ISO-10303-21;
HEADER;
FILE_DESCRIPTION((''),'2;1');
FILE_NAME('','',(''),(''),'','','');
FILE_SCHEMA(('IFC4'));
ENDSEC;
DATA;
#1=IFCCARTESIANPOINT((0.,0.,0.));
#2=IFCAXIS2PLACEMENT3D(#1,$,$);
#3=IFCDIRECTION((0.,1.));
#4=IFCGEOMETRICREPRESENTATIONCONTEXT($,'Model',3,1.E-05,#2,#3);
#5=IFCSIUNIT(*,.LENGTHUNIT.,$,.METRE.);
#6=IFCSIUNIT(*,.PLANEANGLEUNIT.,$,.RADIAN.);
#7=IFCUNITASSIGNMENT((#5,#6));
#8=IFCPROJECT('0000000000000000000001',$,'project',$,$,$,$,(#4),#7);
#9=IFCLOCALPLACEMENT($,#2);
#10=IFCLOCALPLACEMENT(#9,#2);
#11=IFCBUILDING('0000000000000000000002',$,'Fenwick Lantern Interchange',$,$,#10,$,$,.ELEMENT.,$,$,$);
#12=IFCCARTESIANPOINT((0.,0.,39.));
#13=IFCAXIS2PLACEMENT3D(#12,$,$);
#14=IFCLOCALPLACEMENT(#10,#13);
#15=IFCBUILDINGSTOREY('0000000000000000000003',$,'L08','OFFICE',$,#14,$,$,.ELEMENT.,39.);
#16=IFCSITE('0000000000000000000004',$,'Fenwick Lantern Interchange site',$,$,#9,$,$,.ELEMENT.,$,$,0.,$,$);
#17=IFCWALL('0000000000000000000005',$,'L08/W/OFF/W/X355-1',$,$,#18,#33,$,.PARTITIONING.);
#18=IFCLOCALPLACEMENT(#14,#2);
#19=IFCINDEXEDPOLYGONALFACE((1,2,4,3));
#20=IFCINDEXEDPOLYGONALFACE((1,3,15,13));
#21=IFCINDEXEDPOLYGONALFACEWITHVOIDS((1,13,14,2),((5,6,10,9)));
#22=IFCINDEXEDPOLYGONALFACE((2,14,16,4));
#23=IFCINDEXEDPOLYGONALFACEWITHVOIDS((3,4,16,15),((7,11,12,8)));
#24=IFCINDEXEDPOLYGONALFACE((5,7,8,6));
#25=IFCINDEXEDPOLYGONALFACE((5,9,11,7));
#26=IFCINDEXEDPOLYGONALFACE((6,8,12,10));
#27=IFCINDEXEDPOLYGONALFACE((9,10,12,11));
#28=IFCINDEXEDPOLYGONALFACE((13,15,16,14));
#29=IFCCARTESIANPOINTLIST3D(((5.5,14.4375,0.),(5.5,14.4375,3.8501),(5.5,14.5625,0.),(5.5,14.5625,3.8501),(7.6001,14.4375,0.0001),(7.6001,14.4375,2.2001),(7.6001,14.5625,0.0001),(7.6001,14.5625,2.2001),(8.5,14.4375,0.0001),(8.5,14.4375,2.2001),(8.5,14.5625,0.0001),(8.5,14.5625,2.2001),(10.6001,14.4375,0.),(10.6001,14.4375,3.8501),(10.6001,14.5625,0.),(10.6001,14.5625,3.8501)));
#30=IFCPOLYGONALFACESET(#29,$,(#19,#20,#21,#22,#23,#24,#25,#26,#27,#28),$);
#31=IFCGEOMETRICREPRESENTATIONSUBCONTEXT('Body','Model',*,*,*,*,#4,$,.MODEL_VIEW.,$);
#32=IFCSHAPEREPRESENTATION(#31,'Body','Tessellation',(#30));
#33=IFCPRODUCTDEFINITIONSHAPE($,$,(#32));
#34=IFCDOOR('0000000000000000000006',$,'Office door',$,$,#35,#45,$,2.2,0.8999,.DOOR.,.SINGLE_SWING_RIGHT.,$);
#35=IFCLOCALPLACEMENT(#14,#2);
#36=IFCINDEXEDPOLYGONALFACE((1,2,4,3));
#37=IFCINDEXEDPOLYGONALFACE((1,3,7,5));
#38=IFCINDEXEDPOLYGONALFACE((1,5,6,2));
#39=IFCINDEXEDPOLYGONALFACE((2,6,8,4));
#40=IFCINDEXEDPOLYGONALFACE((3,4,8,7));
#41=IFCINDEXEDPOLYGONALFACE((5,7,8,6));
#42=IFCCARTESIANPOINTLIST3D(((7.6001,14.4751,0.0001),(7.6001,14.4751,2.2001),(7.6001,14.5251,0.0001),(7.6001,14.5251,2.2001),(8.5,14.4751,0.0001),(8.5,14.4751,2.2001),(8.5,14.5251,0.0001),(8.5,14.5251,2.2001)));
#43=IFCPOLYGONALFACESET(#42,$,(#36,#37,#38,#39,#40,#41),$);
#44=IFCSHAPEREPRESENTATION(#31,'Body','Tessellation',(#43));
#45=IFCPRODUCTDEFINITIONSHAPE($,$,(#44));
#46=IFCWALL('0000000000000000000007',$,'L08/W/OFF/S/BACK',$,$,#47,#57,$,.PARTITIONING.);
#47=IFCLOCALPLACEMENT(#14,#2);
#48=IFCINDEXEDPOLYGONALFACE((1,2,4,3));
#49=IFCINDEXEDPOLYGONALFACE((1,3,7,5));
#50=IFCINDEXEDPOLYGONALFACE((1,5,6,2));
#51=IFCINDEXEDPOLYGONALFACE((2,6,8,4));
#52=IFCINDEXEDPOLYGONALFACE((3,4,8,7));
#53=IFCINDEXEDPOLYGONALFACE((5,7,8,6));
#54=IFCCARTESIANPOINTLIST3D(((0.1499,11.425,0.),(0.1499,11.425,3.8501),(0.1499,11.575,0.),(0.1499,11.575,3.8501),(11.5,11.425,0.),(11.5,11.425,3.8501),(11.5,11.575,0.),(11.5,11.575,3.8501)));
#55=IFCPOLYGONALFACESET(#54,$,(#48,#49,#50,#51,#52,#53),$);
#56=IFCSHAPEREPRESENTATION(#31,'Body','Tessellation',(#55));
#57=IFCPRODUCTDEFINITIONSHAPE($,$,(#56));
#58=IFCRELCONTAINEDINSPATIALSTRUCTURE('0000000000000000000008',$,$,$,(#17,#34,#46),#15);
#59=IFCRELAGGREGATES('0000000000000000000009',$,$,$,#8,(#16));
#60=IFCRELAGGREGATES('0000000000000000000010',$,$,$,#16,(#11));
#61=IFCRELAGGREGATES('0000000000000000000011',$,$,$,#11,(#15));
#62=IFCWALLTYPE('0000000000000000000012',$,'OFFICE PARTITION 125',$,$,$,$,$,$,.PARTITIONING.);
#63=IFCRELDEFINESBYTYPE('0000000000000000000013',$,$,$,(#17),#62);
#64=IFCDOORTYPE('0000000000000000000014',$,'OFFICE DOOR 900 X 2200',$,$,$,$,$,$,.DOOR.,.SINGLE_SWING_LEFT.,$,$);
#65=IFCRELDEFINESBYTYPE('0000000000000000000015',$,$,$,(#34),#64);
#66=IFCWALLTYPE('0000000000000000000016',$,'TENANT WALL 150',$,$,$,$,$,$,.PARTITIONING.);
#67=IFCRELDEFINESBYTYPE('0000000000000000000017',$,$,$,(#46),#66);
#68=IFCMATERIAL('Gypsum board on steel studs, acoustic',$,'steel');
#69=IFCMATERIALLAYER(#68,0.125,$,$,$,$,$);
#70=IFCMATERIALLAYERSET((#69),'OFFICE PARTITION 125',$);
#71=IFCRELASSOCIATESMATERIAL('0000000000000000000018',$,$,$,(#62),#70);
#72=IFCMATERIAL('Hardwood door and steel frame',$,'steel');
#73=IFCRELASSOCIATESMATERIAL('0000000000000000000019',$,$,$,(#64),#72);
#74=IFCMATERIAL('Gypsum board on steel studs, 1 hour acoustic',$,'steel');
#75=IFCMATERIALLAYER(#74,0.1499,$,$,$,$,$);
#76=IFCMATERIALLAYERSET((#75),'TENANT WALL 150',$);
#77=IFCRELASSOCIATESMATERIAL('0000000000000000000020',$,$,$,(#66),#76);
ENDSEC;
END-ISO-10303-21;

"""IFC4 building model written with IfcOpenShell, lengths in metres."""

from ifc_helpers import new_model, si_unit, direction, frame, frame_2d, origin, place, context, subcontext, project, spatial, rectangle, extrude, material, layer, layer_set, type_object, element, fill, save


model = new_model("IFC4")

# Units and contexts
model_context = context("Model", 3, precision=1e-05, world=origin(), true_north=direction((0.0, 1.0)))
body_context = subcontext(model_context, "Body", "Model", "MODEL_VIEW")
ifc_project = project(units=[si_unit("LENGTHUNIT", "METRE"), si_unit("PLANEANGLEUNIT", "RADIAN")], contexts=[model_context])

# Site, building, storey
site_placement = place(None, origin())
site = spatial("IfcSite", under=ifc_project, at=site_placement, Name="Fenwick Lantern Interchange site", CompositionType="ELEMENT", RefElevation=0.0)
building_placement = place(site_placement, origin())
building = spatial("IfcBuilding", under=site, at=building_placement, Name="Fenwick Lantern Interchange", CompositionType="ELEMENT")
storey_placement = place(building_placement, frame((0.0, 0.0, 39.0)))
storey = spatial("IfcBuildingStorey", under=building, at=storey_placement, Name="L08", Description="OFFICE", CompositionType="ELEMENT", Elevation=39.0)

# Shared definitions
ifc_material_1 = material(Name="Gypsum board on steel studs, acoustic", Category="steel")
ifc_layer_1 = layer(ifc_material_1, 0.125)
ifc_layer_set_1 = layer_set([ifc_layer_1], Name="OFFICE PARTITION 125")
wall_type_1 = type_object("IfcWallType", Name="OFFICE PARTITION 125", PredefinedType="PARTITIONING", material=ifc_layer_set_1)

# Wall, opening, door
wall_1_placement = place(storey_placement, frame((5.5, 14.5, 0.0), z_axis=(0.0, 0.0, 1.0), x_axis=(1.0, 0.0, 0.0)))
wall_1 = element("IfcWall", 1, at=wall_1_placement, inside=storey, type_object=wall_type_1, Name="L08/W/OFF/W/X355-1", PredefinedType="PARTITIONING", context=body_context, shape_type="SweptSolid", body=[
    extrude(rectangle(XDim=5.1001, YDim=0.125, at=frame_2d((2.55, 0.0))), origin(), (0.0, 0.0, 1.0), 3.8501),
])
opening_placement = place(wall_1_placement, frame((2.1001, 0.0, 0.0)))
opening = element("IfcOpeningElement", 2, at=opening_placement, cuts=wall_1, PredefinedType="OPENING", context=body_context, shape_type="SweptSolid", body=[
    extrude(rectangle(XDim=0.8999, YDim=2.2, at=frame_2d((0.45, 1.1001))), frame((0.0, 0.0725, 0.0), z_axis=(0.0, -1.0, 0.0), x_axis=(1.0, 0.0, 0.0)), (0.0, 0.0, 1.0), 0.145),
])
ifc_material_2 = material(Name="Hardwood door and steel frame", Category="steel")
door_type = type_object("IfcDoorType", Name="OFFICE DOOR 900 X 2200", OperationType="SINGLE_SWING_LEFT", PredefinedType="DOOR", material=ifc_material_2)
door_placement = place(opening_placement, frame((0.8999, 0.0, 0.0), z_axis=(0.0, 0.0, 1.0), x_axis=(-1.0, 0.0, 0.0)))
door = element("IfcDoor", 3, at=door_placement, inside=storey, type_object=door_type, Name="Office door", OperationType="SINGLE_SWING_RIGHT", OverallHeight=2.2, OverallWidth=0.8999, PredefinedType="DOOR", context=body_context, shape_type="SweptSolid", body=[
    extrude(rectangle(XDim=0.8999, YDim=2.2, at=frame_2d((0.45, 1.1001))), frame((0.0, 0.0249, 0.0), z_axis=(0.0, -1.0, 0.0), x_axis=(1.0, 0.0, 0.0)), (0.0, 0.0, 1.0), 0.05),
])
fill(opening, door)

# Wall
ifc_material_3 = material(Name="Gypsum board on steel studs, 1 hour acoustic", Category="steel")
ifc_layer_2 = layer(ifc_material_3, 0.1499)
ifc_layer_set_2 = layer_set([ifc_layer_2], Name="TENANT WALL 150")
wall_type_2 = type_object("IfcWallType", Name="TENANT WALL 150", PredefinedType="PARTITIONING", material=ifc_layer_set_2)
wall_2_placement = place(storey_placement, frame((0.1499, 11.5, 0.0), z_axis=(0.0, 0.0, 1.0), x_axis=(1.0, 0.0, 0.0)))
element("IfcWall", 4, at=wall_2_placement, inside=storey, type_object=wall_type_2, Name="L08/W/OFF/S/BACK", PredefinedType="PARTITIONING", context=body_context, shape_type="SweptSolid", body=[
    extrude(rectangle(XDim=11.3501, YDim=0.1499, at=frame_2d((5.675, 0.0))), origin(), (0.0, 0.0, 1.0), 3.8501),
])

save(model, "model.ifc")
